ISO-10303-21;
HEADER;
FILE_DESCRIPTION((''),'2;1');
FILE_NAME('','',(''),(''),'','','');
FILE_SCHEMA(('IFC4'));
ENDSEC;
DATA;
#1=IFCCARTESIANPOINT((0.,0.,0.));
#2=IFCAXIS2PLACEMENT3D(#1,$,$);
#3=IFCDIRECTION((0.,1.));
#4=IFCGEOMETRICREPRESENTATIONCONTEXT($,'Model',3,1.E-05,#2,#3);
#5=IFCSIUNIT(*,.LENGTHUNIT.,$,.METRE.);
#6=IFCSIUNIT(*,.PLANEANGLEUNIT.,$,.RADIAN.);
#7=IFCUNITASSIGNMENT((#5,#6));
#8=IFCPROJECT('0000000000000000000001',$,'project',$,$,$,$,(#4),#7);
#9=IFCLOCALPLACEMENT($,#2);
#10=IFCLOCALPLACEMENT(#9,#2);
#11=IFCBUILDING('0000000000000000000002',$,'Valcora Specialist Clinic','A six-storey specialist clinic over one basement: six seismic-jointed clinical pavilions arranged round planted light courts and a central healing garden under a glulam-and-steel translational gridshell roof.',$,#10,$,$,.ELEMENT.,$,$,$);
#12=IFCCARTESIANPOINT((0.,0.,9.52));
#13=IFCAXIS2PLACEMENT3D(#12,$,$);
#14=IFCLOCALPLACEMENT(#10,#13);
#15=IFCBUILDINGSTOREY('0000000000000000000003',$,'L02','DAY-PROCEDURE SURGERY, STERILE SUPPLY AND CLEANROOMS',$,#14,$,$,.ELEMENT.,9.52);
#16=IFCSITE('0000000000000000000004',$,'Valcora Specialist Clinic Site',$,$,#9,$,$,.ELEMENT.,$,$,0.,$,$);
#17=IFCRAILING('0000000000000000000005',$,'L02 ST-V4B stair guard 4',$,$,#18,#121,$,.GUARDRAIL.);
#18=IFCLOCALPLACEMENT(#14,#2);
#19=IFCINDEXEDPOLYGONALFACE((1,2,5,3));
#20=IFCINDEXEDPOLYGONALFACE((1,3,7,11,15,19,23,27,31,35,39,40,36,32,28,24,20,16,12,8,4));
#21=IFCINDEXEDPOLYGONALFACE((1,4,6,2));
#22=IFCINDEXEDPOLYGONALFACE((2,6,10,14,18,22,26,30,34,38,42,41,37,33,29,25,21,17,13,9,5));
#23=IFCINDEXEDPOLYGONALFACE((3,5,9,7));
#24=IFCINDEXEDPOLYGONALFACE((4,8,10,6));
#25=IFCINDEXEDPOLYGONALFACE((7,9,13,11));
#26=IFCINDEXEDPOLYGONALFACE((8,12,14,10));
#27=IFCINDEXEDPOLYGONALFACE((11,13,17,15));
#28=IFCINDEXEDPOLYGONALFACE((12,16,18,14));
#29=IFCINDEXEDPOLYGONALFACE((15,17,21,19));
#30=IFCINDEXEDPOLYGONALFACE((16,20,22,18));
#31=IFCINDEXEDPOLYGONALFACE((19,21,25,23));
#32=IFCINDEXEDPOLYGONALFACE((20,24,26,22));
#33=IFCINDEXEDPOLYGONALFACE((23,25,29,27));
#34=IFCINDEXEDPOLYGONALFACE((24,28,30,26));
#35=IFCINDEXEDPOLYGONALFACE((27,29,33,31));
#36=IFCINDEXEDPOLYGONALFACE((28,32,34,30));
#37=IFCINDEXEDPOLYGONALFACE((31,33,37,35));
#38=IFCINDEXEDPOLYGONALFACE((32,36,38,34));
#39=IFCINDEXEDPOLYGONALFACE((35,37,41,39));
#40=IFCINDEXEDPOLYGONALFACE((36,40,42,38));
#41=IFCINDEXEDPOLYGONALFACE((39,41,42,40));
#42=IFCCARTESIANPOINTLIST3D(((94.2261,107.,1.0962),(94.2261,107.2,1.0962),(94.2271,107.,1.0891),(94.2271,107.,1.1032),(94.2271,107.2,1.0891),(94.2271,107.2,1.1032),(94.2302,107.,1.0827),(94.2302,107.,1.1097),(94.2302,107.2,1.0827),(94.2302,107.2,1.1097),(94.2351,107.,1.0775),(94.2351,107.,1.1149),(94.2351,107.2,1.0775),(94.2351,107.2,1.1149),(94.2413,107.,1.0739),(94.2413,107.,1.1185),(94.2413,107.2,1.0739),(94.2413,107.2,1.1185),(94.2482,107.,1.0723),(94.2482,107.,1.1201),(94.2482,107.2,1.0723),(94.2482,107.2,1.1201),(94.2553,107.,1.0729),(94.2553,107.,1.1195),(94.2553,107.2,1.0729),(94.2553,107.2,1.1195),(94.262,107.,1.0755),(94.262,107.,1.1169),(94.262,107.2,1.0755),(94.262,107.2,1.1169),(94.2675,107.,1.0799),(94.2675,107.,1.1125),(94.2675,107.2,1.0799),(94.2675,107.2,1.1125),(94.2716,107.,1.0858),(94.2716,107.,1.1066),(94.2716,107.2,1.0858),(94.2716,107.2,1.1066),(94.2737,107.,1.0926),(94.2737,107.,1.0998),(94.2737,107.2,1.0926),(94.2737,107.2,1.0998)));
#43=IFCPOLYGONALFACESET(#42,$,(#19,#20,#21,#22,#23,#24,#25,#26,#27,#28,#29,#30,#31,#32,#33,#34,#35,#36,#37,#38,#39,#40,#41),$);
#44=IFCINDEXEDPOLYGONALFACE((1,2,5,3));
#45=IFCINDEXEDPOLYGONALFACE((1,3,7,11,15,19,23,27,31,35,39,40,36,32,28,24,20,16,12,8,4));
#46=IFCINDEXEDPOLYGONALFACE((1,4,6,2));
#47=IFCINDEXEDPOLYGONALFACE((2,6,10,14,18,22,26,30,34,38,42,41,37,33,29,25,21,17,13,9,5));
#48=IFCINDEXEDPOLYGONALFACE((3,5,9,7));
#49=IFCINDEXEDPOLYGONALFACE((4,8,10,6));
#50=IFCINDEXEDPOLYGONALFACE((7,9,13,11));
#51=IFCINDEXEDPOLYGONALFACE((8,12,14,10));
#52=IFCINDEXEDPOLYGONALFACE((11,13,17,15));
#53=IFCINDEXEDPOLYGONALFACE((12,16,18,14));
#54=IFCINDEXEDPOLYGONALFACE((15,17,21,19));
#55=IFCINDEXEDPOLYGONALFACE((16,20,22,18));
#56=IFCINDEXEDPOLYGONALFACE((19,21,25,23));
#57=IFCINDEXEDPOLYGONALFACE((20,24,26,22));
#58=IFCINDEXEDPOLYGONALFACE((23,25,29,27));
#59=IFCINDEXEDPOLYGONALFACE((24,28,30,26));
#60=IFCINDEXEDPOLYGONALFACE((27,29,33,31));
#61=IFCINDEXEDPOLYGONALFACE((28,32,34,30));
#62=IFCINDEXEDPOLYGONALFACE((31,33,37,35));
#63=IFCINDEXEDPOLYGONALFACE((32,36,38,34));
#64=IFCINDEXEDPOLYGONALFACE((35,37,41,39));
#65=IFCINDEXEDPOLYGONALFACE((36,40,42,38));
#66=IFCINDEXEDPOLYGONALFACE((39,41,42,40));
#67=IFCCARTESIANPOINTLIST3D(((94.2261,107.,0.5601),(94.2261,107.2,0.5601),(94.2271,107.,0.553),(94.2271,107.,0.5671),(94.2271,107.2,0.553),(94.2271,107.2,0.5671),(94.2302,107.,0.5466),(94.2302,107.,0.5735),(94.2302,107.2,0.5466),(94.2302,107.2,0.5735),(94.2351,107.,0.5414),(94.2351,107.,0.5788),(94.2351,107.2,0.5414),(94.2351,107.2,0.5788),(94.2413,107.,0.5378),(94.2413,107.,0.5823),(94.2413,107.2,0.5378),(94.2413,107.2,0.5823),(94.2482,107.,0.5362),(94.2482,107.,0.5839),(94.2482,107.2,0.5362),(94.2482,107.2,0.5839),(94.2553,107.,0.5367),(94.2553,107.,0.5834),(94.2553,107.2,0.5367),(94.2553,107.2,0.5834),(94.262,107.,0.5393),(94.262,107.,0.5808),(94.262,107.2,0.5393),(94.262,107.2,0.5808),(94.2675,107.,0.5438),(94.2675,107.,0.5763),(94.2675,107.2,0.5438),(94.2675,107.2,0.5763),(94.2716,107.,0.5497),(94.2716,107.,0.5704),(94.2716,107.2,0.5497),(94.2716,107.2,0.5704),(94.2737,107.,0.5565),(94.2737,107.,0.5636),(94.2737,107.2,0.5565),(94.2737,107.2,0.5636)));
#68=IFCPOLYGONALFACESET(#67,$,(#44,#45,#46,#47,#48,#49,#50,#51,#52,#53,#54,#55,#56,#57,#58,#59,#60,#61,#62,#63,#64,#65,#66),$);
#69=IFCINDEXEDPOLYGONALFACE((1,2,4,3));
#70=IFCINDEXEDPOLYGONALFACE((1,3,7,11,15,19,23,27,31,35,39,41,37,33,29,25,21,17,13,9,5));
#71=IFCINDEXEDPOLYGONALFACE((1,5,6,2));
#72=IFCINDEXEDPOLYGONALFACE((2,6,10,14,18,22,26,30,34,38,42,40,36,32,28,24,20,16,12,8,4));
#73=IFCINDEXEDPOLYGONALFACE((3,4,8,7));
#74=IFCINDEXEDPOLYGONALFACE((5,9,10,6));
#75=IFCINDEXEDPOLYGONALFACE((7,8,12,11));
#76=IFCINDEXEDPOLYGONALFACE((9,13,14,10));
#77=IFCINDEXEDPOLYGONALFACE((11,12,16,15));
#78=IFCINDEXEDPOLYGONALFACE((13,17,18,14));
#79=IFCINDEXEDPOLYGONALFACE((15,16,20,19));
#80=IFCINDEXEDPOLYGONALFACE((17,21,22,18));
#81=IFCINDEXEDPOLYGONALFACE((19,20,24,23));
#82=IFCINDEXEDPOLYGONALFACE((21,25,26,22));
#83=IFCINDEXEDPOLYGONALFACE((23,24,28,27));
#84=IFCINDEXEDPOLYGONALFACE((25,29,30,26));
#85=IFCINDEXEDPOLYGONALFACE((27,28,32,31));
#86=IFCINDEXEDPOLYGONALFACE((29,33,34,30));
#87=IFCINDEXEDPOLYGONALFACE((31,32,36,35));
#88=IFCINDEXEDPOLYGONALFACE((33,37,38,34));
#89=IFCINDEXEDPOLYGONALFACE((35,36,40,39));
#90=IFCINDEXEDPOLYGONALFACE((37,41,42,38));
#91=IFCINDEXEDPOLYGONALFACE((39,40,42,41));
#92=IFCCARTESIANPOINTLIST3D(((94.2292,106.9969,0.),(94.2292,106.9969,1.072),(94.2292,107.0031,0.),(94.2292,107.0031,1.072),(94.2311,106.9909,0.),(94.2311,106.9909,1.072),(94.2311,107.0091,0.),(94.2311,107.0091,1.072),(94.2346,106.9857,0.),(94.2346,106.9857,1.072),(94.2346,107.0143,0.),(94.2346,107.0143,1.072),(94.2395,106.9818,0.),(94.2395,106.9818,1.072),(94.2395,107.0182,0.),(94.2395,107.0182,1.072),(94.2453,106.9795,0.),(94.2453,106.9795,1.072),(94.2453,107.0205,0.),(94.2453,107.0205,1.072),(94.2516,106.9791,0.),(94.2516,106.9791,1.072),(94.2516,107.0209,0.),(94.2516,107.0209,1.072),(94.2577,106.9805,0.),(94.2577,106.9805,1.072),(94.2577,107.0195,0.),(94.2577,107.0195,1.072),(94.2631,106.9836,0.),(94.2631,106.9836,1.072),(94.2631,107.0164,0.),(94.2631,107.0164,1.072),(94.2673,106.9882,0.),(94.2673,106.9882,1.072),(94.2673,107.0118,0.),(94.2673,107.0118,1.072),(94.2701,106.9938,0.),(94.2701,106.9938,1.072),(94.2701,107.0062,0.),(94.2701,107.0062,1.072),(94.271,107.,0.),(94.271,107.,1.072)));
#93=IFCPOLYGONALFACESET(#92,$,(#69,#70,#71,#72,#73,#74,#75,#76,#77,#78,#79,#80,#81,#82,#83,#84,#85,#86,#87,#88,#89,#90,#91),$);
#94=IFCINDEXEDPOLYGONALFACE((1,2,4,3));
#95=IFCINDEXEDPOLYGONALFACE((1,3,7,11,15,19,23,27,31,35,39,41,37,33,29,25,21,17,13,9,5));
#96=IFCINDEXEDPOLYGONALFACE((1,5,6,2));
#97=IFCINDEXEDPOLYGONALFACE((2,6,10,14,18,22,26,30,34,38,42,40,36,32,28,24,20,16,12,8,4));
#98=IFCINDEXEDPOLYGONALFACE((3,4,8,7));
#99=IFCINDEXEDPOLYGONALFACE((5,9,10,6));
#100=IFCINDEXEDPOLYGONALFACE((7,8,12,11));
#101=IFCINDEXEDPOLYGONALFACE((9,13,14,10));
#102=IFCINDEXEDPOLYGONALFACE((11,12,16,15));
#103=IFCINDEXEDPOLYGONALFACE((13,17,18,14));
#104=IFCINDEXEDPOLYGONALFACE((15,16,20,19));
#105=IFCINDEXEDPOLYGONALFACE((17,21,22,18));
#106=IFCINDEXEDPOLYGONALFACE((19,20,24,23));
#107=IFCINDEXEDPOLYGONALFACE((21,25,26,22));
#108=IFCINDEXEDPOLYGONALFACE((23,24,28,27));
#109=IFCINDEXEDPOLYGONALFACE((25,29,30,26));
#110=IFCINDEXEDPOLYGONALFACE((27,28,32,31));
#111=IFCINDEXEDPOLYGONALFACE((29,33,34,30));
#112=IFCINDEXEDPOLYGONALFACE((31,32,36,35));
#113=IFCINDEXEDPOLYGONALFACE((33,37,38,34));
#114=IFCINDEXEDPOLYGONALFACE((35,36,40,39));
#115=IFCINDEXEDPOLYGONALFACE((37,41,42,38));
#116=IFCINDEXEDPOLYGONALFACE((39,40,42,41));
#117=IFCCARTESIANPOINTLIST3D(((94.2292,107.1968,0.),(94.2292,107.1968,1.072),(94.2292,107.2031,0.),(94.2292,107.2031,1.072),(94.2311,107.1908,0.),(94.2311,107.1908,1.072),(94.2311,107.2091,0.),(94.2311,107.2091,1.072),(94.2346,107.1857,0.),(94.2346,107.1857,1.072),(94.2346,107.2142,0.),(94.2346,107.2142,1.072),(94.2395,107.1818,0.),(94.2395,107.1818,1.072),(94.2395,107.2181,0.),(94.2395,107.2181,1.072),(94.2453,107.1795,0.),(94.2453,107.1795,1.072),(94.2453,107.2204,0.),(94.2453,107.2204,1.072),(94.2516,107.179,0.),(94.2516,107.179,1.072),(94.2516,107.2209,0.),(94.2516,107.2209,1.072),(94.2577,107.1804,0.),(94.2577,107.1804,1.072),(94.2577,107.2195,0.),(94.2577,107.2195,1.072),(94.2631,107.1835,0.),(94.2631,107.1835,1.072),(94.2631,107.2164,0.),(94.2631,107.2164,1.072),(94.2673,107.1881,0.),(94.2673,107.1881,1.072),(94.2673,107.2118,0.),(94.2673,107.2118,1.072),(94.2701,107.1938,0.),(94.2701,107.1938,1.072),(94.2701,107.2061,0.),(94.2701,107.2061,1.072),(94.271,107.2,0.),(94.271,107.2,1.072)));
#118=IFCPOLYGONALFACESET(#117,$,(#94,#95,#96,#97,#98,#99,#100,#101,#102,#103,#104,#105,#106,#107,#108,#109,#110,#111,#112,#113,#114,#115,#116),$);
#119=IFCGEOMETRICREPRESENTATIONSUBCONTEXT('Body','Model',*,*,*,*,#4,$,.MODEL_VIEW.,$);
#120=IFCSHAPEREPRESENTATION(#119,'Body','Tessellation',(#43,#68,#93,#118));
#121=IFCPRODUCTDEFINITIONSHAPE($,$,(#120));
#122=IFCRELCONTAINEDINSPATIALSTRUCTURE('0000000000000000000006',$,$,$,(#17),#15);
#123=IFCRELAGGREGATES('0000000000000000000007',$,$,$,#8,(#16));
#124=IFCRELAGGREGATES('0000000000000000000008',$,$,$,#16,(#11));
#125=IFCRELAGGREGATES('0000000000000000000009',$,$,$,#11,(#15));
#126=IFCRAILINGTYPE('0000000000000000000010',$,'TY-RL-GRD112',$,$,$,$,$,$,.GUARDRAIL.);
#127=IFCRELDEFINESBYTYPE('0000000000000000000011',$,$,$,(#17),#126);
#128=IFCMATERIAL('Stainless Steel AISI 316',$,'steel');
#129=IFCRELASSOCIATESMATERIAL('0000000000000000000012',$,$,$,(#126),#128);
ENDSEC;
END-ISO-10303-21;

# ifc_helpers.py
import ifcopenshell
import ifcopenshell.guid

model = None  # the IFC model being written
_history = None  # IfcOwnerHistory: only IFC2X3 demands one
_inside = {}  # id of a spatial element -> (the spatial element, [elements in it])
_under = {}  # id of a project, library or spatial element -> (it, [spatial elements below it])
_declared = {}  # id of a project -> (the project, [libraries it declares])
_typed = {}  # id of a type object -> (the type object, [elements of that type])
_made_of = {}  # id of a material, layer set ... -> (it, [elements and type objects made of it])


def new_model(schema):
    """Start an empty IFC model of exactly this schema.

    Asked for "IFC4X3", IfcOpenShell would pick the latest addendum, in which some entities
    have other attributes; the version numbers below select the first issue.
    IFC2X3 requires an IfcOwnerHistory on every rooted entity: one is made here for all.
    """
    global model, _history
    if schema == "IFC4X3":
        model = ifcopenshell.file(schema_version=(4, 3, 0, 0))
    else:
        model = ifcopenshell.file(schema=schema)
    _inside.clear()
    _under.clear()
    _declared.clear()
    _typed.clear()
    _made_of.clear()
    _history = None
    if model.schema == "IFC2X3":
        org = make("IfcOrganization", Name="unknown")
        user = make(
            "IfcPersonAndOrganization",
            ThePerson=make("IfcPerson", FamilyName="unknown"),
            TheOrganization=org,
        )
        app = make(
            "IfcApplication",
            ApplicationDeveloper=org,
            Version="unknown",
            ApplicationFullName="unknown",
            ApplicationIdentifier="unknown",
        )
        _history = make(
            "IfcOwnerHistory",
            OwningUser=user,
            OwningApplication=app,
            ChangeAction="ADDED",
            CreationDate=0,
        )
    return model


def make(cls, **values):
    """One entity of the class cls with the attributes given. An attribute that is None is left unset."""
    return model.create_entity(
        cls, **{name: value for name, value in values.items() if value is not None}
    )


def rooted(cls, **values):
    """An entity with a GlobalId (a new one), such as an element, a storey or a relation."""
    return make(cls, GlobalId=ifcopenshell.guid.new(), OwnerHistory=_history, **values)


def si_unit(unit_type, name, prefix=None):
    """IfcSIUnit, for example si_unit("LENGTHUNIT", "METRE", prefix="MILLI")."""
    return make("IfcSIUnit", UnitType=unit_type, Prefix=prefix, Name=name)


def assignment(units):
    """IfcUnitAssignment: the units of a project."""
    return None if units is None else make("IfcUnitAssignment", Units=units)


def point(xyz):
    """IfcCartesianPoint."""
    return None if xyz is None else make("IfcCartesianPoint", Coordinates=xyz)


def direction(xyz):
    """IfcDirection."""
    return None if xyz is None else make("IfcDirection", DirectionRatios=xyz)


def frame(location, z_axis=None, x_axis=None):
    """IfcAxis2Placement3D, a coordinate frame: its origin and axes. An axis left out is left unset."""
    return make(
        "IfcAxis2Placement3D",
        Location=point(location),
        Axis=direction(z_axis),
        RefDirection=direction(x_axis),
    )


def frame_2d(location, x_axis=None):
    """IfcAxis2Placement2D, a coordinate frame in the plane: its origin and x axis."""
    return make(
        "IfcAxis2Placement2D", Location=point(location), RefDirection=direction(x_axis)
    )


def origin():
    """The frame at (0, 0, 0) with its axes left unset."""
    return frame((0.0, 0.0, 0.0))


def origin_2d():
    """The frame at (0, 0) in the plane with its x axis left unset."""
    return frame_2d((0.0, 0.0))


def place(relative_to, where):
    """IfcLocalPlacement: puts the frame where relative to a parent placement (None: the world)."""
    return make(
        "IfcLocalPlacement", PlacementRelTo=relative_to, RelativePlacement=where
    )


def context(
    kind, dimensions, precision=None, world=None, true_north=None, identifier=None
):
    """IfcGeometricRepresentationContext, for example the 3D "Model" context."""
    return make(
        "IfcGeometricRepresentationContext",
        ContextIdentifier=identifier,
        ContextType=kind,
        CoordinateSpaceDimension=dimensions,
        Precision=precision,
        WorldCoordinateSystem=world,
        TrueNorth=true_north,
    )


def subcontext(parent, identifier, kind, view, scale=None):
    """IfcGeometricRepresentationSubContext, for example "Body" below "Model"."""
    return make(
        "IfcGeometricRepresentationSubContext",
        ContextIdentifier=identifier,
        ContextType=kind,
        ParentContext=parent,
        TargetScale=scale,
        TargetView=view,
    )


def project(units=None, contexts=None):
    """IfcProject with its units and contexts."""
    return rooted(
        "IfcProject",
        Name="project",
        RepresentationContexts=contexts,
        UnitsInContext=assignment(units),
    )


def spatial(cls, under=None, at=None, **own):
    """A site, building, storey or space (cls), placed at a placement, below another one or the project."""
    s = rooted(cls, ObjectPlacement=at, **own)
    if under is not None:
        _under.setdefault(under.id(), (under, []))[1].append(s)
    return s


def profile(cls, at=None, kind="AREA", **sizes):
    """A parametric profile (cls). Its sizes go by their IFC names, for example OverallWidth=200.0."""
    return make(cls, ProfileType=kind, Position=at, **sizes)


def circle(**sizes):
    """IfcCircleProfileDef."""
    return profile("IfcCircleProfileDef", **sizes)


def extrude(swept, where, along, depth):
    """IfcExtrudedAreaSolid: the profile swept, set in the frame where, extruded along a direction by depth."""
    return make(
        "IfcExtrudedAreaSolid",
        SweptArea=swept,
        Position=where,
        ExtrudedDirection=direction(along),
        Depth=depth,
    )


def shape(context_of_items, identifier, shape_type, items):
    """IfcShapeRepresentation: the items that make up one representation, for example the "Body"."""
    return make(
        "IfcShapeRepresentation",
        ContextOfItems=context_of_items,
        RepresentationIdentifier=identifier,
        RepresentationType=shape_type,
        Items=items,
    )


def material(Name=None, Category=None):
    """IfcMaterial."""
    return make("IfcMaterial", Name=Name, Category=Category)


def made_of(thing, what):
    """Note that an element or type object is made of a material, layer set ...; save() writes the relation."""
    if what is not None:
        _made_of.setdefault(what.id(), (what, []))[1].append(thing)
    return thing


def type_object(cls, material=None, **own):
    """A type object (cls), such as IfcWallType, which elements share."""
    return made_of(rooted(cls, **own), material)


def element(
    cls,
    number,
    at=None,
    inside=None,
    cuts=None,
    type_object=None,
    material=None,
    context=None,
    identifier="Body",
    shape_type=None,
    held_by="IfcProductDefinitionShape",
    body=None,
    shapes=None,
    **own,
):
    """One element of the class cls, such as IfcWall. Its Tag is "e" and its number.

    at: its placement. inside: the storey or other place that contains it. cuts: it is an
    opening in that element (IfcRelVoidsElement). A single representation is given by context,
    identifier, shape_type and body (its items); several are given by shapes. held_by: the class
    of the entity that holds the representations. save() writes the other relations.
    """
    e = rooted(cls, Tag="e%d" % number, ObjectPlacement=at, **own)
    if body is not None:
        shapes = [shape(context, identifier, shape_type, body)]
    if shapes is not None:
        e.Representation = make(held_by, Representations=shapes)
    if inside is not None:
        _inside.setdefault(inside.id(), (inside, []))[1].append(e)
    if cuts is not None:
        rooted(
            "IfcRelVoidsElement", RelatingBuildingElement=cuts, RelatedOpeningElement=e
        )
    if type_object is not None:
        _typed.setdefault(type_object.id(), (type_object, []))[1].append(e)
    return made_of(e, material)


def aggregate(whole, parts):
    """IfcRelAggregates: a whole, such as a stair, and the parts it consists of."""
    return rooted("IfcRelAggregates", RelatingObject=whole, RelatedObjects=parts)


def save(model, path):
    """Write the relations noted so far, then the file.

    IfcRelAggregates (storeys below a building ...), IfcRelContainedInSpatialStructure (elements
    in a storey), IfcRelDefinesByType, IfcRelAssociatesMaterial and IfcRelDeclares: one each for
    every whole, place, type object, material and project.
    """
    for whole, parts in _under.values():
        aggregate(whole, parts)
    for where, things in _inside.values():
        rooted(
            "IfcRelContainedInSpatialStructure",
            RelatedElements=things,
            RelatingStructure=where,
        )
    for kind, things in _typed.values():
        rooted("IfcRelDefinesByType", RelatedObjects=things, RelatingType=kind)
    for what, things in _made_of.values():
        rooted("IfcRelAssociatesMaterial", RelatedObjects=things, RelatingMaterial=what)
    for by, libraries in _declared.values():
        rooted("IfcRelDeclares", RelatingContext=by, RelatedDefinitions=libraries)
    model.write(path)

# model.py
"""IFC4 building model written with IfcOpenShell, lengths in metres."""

from ifc_helpers import new_model, si_unit, direction, frame, origin, origin_2d, place, context, subcontext, project, spatial, circle, extrude, material, type_object, element, save


model = new_model("IFC4")

# Units and contexts
model_context = context("Model", 3, precision=1e-05, world=origin(), true_north=direction((0.0, 1.0)))
body_context = subcontext(model_context, "Body", "Model", "MODEL_VIEW")
ifc_project = project(units=[si_unit("LENGTHUNIT", "METRE"), si_unit("PLANEANGLEUNIT", "RADIAN")], contexts=[model_context])

# Site, building, storey
site_placement = place(None, origin())
site = spatial("IfcSite", under=ifc_project, at=site_placement, Name="Valcora Specialist Clinic Site", CompositionType="ELEMENT", RefElevation=0.0)
building_placement = place(site_placement, origin())
building = spatial("IfcBuilding", under=site, at=building_placement, Name="Valcora Specialist Clinic", Description="A six-storey specialist clinic over one basement: six seismic-jointed clinical pavilions arranged round planted light courts and a central healing garden under a glulam-and-steel translational gridshell roof.", CompositionType="ELEMENT")
storey_placement = place(building_placement, frame((0.0, 0.0, 9.52)))
storey = spatial("IfcBuildingStorey", under=building, at=storey_placement, Name="L02", Description="DAY-PROCEDURE SURGERY, STERILE SUPPLY AND CLEANROOMS", CompositionType="ELEMENT", Elevation=9.52)

# Railing
ifc_material_1 = material(Name="Stainless Steel AISI 316", Category="steel")
railing_type_1 = type_object("IfcRailingType", Name="TY-RL-GRD112", PredefinedType="GUARDRAIL", material=ifc_material_1)
railing_1_placement = place(storey_placement, frame((94.25, 107.0, 0.0)))
element("IfcRailing", 1, at=railing_1_placement, inside=storey, type_object=railing_type_1, Name="L02 ST-V4B stair guard 4", PredefinedType="GUARDRAIL", context=body_context, shape_type="SweptSolid", body=[
    extrude(circle(Radius=0.0239, at=origin_2d()), frame((0.0, 0.0, 1.0962), z_axis=(0.0, 1.0, 0.0), x_axis=(-1.0, 0.0, 0.0)), (0.0, 0.0, 1.0), 0.2),
    extrude(circle(Radius=0.0239, at=origin_2d()), frame((0.0, 0.0, 0.5601), z_axis=(0.0, 1.0, 0.0), x_axis=(-1.0, 0.0, 0.0)), (0.0, 0.0, 1.0), 0.2),
    extrude(circle(Radius=0.021, at=origin_2d()), origin(), (0.0, 0.0, 1.0), 1.072),
    extrude(circle(Radius=0.021, at=origin_2d()), frame((0.0, 0.2, 0.0)), (0.0, 0.0, 1.0), 1.072),
])

save(model, "model.ifc")
